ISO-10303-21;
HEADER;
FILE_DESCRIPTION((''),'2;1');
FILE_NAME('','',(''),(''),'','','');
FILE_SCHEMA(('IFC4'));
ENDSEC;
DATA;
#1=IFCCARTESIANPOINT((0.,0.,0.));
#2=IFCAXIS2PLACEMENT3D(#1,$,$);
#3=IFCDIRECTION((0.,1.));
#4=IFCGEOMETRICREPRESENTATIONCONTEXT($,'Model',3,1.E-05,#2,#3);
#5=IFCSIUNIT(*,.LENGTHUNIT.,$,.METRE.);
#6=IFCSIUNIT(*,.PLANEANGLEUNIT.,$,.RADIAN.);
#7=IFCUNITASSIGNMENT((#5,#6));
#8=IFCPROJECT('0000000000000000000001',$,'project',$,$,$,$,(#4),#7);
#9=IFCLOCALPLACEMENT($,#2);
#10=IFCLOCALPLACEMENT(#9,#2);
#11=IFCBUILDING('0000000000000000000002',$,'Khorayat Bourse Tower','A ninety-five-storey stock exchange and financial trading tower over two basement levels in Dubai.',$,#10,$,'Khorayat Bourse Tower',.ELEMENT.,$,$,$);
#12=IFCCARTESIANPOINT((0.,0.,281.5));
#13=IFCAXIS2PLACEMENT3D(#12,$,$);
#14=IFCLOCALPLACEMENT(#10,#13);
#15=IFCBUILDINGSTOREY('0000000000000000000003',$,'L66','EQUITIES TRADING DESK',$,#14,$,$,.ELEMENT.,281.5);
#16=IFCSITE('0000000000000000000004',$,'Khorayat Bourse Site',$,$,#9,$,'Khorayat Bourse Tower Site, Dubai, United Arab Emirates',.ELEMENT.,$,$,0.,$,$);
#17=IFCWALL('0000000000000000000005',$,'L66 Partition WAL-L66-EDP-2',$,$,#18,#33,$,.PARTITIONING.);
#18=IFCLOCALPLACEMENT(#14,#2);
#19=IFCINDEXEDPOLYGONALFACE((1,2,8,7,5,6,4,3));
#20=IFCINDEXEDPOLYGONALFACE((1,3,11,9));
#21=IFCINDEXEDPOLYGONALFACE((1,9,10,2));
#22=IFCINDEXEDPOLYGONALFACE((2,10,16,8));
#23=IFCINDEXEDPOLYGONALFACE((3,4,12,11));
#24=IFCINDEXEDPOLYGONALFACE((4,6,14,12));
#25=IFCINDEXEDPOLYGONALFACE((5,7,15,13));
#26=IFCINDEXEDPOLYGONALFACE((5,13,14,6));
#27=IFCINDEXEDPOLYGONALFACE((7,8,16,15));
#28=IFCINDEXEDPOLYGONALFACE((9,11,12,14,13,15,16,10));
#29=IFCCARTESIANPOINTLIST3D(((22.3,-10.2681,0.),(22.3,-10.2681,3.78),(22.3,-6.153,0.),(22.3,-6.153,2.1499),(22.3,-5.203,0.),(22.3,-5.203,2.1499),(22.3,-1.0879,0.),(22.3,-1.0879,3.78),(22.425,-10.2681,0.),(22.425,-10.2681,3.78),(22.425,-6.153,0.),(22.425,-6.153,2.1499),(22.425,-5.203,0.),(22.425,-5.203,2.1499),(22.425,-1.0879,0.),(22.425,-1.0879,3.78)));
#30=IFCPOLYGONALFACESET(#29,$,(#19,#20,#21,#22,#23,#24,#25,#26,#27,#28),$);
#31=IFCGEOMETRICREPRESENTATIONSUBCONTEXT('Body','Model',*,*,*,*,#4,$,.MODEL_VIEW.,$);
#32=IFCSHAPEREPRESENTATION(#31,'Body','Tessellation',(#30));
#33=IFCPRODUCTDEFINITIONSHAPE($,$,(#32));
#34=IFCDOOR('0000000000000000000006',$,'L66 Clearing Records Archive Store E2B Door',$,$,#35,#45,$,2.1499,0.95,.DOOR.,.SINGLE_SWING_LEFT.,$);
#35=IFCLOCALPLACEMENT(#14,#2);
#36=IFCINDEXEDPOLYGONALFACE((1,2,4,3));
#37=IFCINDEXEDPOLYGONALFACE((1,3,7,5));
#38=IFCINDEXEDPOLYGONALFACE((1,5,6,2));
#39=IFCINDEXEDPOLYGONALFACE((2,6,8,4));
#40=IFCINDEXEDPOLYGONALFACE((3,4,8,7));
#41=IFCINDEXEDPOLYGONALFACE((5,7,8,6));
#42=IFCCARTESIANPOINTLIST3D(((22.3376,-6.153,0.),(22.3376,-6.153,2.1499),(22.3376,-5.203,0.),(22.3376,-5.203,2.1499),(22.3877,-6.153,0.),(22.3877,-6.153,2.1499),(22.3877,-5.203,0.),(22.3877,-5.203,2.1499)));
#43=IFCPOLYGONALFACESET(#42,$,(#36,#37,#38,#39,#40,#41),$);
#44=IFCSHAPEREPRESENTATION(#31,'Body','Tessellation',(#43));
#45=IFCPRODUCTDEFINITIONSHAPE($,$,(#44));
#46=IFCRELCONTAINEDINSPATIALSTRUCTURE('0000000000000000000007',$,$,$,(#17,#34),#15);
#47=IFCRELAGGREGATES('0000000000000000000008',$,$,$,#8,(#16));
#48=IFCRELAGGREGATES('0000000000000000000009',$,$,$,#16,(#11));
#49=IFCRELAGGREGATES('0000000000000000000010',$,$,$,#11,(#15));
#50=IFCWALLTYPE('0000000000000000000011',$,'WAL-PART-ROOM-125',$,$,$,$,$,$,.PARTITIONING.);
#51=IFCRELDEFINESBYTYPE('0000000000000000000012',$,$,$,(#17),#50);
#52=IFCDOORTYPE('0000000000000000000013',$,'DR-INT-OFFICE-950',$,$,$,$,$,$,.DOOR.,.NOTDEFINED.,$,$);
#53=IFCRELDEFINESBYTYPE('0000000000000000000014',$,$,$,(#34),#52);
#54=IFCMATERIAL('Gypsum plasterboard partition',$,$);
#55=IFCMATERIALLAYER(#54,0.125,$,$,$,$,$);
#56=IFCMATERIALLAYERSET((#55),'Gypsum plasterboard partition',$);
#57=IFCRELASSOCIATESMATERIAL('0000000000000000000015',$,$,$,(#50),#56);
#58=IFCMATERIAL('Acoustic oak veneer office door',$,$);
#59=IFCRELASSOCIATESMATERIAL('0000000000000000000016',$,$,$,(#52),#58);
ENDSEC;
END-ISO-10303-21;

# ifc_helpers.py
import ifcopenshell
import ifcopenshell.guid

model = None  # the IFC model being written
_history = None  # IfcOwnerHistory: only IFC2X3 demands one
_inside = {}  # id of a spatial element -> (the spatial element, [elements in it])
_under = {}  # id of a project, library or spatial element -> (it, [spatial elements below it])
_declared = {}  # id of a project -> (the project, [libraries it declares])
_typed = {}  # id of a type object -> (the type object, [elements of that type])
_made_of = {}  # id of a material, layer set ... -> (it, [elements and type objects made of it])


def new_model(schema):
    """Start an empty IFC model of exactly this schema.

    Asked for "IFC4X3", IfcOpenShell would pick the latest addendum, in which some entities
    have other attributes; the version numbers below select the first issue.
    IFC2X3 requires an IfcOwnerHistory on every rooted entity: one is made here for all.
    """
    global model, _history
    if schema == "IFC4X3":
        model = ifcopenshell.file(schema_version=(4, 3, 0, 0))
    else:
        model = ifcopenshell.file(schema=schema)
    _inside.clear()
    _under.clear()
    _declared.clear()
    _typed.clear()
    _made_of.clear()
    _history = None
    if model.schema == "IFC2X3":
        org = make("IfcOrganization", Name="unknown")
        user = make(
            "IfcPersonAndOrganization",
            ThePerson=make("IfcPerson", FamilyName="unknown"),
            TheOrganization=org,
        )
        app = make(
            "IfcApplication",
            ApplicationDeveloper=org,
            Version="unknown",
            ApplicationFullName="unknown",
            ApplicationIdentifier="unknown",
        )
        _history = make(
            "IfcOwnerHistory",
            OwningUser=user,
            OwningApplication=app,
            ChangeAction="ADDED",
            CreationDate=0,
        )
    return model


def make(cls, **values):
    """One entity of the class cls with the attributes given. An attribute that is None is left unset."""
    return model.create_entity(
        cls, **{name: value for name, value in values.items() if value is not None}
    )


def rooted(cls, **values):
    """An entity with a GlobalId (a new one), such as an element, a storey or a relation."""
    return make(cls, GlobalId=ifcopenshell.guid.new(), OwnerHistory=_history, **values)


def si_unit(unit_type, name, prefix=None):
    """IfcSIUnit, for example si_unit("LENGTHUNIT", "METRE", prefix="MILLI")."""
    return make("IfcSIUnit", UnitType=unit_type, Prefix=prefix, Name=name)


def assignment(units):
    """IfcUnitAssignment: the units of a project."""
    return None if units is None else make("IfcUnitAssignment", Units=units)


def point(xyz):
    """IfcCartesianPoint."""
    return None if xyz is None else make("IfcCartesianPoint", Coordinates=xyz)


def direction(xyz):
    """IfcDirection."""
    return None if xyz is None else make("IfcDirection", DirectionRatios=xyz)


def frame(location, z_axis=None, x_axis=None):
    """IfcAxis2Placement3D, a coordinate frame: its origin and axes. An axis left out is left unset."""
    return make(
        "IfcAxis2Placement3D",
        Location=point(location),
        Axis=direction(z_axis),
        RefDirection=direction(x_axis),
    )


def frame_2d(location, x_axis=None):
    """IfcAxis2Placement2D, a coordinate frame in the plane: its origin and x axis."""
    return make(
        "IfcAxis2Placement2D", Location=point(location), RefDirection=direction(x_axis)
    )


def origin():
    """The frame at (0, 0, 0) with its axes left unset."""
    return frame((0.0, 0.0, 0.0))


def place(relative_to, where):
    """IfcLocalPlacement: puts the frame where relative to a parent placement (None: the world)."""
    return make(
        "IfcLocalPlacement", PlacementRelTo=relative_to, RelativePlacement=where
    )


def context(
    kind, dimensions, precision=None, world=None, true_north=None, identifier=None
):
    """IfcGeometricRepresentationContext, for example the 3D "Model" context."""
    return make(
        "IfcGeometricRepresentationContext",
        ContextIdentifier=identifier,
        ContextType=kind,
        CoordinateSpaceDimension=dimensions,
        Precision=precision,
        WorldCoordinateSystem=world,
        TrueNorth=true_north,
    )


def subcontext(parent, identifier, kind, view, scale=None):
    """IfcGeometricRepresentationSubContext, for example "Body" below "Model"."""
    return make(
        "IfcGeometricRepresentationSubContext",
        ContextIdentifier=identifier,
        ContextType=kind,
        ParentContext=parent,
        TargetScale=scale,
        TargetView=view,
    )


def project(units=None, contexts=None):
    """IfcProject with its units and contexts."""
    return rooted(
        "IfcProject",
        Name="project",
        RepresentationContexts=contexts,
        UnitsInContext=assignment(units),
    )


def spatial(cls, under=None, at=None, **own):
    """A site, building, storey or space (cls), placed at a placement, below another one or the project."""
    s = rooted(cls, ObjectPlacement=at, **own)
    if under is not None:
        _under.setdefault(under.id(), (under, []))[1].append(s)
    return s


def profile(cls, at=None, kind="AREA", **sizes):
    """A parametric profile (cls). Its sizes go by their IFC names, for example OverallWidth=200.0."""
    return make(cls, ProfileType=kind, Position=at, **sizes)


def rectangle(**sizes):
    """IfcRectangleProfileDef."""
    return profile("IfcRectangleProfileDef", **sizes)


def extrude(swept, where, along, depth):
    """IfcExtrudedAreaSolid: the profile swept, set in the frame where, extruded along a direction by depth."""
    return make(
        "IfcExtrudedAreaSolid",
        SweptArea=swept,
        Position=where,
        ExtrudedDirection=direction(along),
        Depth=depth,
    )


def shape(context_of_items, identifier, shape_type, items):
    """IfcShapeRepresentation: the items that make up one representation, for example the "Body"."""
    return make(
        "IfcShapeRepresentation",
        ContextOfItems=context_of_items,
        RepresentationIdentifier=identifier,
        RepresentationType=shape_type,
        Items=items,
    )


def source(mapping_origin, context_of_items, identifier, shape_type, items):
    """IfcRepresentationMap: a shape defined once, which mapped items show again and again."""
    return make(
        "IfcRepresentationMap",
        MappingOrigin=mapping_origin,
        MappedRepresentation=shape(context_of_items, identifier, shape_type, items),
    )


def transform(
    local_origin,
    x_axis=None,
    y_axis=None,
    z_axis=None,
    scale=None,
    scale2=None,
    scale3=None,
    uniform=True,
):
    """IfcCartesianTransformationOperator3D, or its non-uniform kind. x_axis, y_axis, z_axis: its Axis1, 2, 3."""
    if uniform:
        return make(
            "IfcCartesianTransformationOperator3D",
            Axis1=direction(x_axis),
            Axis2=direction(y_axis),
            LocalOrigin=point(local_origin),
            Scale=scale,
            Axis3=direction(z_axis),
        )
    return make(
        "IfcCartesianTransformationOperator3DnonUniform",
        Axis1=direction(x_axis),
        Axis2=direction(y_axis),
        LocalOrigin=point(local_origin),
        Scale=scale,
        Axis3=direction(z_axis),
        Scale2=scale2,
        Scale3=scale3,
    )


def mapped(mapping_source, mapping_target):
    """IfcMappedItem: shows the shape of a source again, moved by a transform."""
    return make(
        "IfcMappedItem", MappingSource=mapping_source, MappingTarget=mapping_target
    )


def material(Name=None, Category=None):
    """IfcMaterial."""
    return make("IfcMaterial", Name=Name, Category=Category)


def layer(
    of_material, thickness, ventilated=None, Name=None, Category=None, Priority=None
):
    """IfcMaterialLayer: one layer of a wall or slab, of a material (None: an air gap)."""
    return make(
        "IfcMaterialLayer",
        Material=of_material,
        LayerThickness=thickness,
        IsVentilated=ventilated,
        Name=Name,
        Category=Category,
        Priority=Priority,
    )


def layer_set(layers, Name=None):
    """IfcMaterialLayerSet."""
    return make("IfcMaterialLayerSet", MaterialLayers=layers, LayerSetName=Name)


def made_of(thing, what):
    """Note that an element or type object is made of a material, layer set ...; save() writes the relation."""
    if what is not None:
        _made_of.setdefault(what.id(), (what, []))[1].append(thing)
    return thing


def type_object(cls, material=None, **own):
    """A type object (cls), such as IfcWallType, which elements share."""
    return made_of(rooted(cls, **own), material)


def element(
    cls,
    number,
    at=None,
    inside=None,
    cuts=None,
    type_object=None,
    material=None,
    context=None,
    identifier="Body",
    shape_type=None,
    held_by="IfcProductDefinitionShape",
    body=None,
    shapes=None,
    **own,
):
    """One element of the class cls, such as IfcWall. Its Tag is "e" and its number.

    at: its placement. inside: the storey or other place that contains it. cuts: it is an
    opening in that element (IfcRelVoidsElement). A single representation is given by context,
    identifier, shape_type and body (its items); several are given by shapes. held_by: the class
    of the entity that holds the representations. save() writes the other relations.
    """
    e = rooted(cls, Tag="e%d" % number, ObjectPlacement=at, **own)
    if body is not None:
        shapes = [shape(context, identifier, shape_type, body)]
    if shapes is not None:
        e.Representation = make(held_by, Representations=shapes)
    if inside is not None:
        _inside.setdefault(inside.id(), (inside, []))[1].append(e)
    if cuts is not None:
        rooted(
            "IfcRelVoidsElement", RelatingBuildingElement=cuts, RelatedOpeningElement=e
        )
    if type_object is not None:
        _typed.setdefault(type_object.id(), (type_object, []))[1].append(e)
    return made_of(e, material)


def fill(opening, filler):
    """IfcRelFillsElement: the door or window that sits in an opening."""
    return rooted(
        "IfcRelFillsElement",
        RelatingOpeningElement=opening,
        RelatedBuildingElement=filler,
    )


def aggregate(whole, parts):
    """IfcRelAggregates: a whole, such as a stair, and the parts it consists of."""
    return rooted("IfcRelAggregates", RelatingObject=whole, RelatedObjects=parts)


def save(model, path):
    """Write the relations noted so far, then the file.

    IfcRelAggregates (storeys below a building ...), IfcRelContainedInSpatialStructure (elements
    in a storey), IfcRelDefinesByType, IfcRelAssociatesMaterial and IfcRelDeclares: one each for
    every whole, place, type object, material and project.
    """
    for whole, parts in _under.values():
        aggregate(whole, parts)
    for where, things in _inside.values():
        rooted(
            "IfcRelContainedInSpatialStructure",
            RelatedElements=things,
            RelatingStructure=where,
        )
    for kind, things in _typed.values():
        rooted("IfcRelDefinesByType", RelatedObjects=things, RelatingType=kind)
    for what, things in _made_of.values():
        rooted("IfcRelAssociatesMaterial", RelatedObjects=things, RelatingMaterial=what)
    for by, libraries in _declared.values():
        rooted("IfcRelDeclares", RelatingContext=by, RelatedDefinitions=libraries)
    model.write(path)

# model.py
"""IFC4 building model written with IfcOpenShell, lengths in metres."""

from ifc_helpers import new_model, si_unit, direction, frame, frame_2d, origin, place, context, subcontext, project, spatial, rectangle, extrude, source, transform, mapped, material, layer, layer_set, type_object, element, fill, save


model = new_model("IFC4")

# Units and contexts
model_context = context("Model", 3, precision=1e-05, world=origin(), true_north=direction((0.0, 1.0)))
body_context = subcontext(model_context, "Body", "Model", "MODEL_VIEW")
ifc_project = project(units=[si_unit("LENGTHUNIT", "METRE"), si_unit("PLANEANGLEUNIT", "RADIAN")], contexts=[model_context])

# Site, building, storey
site_placement = place(None, origin())
site = spatial("IfcSite", under=ifc_project, at=site_placement, Name="Khorayat Bourse Site", LongName="Khorayat Bourse Tower Site, Dubai, United Arab Emirates", CompositionType="ELEMENT", RefElevation=0.0)
building_placement = place(site_placement, origin())
building = spatial("IfcBuilding", under=site, at=building_placement, Name="Khorayat Bourse Tower", Description="A ninety-five-storey stock exchange and financial trading tower over two basement levels in Dubai.", LongName="Khorayat Bourse Tower", CompositionType="ELEMENT")
storey_placement = place(building_placement, frame((0.0, 0.0, 281.5)))
storey = spatial("IfcBuildingStorey", under=building, at=storey_placement, Name="L66", Description="EQUITIES TRADING DESK", CompositionType="ELEMENT", Elevation=281.5)

# Wall, opening, door
ifc_material_1 = material(Name="Gypsum plasterboard partition")
ifc_layer_1 = layer(ifc_material_1, 0.125)
ifc_layer_set_1 = layer_set([ifc_layer_1], Name="Gypsum plasterboard partition")
wall_type = type_object("IfcWallType", Name="WAL-PART-ROOM-125", PredefinedType="PARTITIONING", material=ifc_layer_set_1)
shared_shape_1 = source(origin(), body_context, "Body", "SweptSolid", [
    extrude(rectangle(XDim=0.95, YDim=2.1499, at=frame_2d((0.4751, 1.075))), frame((0.0, 0.0725, 0.0), z_axis=(0.0, -1.0, 0.0), x_axis=(1.0, 0.0, 0.0)), (0.0, 0.0, 1.0), 0.145),
])
ifc_material_2 = material(Name="Acoustic oak veneer office door")
door_type = type_object("IfcDoorType", Name="DR-INT-OFFICE-950", OperationType="NOTDEFINED", PredefinedType="DOOR", material=ifc_material_2)
shared_shape_2 = source(origin(), body_context, "Body", "SweptSolid", [
    extrude(rectangle(XDim=0.95, YDim=2.1499, at=frame_2d((0.4751, 1.075))), frame((0.0, 0.0249, 0.0), z_axis=(0.0, -1.0, 0.0), x_axis=(1.0, 0.0, 0.0)), (0.0, 0.0, 1.0), 0.05),
])
shared_shape_3 = source(origin(), body_context, "Body", "SweptSolid", [
    extrude(rectangle(XDim=9.1802, YDim=0.125, at=frame_2d((4.5901, 0.0))), origin(), (0.0, 0.0, 1.0), 3.78),
])
wall_1_placement = place(storey_placement, frame((22.3625, -10.2681, 0.0), z_axis=(0.0, 0.0, 1.0), x_axis=(0.0, 1.0, 0.0)))
wall_1 = element("IfcWall", 1, at=wall_1_placement, inside=storey, type_object=wall_type, Name="L66 Partition WAL-L66-EDP-2", PredefinedType="PARTITIONING", context=body_context, shape_type="MappedRepresentation", body=[
    mapped(shared_shape_3, transform((0.0, 0.0, 0.0), scale=1.0)),
])
opening_1_placement = place(wall_1_placement, frame((4.115, 0.0, 0.0)))
opening_1 = element("IfcOpeningElement", 2, at=opening_1_placement, cuts=wall_1, PredefinedType="OPENING", context=body_context, shape_type="MappedRepresentation", body=[
    mapped(shared_shape_1, transform((0.0, 0.0, 0.0), scale=1.0)),
])
door_1_placement = place(opening_1_placement, origin())
door_1 = element("IfcDoor", 3, at=door_1_placement, inside=storey, type_object=door_type, Name="L66 Clearing Records Archive Store E2B Door", OperationType="SINGLE_SWING_LEFT", OverallHeight=2.1499, OverallWidth=0.95, PredefinedType="DOOR", context=body_context, shape_type="MappedRepresentation", body=[
    mapped(shared_shape_2, transform((0.0, 0.0, 0.0), scale=1.0)),
])
fill(opening_1, door_1)

save(model, "model.ifc")
